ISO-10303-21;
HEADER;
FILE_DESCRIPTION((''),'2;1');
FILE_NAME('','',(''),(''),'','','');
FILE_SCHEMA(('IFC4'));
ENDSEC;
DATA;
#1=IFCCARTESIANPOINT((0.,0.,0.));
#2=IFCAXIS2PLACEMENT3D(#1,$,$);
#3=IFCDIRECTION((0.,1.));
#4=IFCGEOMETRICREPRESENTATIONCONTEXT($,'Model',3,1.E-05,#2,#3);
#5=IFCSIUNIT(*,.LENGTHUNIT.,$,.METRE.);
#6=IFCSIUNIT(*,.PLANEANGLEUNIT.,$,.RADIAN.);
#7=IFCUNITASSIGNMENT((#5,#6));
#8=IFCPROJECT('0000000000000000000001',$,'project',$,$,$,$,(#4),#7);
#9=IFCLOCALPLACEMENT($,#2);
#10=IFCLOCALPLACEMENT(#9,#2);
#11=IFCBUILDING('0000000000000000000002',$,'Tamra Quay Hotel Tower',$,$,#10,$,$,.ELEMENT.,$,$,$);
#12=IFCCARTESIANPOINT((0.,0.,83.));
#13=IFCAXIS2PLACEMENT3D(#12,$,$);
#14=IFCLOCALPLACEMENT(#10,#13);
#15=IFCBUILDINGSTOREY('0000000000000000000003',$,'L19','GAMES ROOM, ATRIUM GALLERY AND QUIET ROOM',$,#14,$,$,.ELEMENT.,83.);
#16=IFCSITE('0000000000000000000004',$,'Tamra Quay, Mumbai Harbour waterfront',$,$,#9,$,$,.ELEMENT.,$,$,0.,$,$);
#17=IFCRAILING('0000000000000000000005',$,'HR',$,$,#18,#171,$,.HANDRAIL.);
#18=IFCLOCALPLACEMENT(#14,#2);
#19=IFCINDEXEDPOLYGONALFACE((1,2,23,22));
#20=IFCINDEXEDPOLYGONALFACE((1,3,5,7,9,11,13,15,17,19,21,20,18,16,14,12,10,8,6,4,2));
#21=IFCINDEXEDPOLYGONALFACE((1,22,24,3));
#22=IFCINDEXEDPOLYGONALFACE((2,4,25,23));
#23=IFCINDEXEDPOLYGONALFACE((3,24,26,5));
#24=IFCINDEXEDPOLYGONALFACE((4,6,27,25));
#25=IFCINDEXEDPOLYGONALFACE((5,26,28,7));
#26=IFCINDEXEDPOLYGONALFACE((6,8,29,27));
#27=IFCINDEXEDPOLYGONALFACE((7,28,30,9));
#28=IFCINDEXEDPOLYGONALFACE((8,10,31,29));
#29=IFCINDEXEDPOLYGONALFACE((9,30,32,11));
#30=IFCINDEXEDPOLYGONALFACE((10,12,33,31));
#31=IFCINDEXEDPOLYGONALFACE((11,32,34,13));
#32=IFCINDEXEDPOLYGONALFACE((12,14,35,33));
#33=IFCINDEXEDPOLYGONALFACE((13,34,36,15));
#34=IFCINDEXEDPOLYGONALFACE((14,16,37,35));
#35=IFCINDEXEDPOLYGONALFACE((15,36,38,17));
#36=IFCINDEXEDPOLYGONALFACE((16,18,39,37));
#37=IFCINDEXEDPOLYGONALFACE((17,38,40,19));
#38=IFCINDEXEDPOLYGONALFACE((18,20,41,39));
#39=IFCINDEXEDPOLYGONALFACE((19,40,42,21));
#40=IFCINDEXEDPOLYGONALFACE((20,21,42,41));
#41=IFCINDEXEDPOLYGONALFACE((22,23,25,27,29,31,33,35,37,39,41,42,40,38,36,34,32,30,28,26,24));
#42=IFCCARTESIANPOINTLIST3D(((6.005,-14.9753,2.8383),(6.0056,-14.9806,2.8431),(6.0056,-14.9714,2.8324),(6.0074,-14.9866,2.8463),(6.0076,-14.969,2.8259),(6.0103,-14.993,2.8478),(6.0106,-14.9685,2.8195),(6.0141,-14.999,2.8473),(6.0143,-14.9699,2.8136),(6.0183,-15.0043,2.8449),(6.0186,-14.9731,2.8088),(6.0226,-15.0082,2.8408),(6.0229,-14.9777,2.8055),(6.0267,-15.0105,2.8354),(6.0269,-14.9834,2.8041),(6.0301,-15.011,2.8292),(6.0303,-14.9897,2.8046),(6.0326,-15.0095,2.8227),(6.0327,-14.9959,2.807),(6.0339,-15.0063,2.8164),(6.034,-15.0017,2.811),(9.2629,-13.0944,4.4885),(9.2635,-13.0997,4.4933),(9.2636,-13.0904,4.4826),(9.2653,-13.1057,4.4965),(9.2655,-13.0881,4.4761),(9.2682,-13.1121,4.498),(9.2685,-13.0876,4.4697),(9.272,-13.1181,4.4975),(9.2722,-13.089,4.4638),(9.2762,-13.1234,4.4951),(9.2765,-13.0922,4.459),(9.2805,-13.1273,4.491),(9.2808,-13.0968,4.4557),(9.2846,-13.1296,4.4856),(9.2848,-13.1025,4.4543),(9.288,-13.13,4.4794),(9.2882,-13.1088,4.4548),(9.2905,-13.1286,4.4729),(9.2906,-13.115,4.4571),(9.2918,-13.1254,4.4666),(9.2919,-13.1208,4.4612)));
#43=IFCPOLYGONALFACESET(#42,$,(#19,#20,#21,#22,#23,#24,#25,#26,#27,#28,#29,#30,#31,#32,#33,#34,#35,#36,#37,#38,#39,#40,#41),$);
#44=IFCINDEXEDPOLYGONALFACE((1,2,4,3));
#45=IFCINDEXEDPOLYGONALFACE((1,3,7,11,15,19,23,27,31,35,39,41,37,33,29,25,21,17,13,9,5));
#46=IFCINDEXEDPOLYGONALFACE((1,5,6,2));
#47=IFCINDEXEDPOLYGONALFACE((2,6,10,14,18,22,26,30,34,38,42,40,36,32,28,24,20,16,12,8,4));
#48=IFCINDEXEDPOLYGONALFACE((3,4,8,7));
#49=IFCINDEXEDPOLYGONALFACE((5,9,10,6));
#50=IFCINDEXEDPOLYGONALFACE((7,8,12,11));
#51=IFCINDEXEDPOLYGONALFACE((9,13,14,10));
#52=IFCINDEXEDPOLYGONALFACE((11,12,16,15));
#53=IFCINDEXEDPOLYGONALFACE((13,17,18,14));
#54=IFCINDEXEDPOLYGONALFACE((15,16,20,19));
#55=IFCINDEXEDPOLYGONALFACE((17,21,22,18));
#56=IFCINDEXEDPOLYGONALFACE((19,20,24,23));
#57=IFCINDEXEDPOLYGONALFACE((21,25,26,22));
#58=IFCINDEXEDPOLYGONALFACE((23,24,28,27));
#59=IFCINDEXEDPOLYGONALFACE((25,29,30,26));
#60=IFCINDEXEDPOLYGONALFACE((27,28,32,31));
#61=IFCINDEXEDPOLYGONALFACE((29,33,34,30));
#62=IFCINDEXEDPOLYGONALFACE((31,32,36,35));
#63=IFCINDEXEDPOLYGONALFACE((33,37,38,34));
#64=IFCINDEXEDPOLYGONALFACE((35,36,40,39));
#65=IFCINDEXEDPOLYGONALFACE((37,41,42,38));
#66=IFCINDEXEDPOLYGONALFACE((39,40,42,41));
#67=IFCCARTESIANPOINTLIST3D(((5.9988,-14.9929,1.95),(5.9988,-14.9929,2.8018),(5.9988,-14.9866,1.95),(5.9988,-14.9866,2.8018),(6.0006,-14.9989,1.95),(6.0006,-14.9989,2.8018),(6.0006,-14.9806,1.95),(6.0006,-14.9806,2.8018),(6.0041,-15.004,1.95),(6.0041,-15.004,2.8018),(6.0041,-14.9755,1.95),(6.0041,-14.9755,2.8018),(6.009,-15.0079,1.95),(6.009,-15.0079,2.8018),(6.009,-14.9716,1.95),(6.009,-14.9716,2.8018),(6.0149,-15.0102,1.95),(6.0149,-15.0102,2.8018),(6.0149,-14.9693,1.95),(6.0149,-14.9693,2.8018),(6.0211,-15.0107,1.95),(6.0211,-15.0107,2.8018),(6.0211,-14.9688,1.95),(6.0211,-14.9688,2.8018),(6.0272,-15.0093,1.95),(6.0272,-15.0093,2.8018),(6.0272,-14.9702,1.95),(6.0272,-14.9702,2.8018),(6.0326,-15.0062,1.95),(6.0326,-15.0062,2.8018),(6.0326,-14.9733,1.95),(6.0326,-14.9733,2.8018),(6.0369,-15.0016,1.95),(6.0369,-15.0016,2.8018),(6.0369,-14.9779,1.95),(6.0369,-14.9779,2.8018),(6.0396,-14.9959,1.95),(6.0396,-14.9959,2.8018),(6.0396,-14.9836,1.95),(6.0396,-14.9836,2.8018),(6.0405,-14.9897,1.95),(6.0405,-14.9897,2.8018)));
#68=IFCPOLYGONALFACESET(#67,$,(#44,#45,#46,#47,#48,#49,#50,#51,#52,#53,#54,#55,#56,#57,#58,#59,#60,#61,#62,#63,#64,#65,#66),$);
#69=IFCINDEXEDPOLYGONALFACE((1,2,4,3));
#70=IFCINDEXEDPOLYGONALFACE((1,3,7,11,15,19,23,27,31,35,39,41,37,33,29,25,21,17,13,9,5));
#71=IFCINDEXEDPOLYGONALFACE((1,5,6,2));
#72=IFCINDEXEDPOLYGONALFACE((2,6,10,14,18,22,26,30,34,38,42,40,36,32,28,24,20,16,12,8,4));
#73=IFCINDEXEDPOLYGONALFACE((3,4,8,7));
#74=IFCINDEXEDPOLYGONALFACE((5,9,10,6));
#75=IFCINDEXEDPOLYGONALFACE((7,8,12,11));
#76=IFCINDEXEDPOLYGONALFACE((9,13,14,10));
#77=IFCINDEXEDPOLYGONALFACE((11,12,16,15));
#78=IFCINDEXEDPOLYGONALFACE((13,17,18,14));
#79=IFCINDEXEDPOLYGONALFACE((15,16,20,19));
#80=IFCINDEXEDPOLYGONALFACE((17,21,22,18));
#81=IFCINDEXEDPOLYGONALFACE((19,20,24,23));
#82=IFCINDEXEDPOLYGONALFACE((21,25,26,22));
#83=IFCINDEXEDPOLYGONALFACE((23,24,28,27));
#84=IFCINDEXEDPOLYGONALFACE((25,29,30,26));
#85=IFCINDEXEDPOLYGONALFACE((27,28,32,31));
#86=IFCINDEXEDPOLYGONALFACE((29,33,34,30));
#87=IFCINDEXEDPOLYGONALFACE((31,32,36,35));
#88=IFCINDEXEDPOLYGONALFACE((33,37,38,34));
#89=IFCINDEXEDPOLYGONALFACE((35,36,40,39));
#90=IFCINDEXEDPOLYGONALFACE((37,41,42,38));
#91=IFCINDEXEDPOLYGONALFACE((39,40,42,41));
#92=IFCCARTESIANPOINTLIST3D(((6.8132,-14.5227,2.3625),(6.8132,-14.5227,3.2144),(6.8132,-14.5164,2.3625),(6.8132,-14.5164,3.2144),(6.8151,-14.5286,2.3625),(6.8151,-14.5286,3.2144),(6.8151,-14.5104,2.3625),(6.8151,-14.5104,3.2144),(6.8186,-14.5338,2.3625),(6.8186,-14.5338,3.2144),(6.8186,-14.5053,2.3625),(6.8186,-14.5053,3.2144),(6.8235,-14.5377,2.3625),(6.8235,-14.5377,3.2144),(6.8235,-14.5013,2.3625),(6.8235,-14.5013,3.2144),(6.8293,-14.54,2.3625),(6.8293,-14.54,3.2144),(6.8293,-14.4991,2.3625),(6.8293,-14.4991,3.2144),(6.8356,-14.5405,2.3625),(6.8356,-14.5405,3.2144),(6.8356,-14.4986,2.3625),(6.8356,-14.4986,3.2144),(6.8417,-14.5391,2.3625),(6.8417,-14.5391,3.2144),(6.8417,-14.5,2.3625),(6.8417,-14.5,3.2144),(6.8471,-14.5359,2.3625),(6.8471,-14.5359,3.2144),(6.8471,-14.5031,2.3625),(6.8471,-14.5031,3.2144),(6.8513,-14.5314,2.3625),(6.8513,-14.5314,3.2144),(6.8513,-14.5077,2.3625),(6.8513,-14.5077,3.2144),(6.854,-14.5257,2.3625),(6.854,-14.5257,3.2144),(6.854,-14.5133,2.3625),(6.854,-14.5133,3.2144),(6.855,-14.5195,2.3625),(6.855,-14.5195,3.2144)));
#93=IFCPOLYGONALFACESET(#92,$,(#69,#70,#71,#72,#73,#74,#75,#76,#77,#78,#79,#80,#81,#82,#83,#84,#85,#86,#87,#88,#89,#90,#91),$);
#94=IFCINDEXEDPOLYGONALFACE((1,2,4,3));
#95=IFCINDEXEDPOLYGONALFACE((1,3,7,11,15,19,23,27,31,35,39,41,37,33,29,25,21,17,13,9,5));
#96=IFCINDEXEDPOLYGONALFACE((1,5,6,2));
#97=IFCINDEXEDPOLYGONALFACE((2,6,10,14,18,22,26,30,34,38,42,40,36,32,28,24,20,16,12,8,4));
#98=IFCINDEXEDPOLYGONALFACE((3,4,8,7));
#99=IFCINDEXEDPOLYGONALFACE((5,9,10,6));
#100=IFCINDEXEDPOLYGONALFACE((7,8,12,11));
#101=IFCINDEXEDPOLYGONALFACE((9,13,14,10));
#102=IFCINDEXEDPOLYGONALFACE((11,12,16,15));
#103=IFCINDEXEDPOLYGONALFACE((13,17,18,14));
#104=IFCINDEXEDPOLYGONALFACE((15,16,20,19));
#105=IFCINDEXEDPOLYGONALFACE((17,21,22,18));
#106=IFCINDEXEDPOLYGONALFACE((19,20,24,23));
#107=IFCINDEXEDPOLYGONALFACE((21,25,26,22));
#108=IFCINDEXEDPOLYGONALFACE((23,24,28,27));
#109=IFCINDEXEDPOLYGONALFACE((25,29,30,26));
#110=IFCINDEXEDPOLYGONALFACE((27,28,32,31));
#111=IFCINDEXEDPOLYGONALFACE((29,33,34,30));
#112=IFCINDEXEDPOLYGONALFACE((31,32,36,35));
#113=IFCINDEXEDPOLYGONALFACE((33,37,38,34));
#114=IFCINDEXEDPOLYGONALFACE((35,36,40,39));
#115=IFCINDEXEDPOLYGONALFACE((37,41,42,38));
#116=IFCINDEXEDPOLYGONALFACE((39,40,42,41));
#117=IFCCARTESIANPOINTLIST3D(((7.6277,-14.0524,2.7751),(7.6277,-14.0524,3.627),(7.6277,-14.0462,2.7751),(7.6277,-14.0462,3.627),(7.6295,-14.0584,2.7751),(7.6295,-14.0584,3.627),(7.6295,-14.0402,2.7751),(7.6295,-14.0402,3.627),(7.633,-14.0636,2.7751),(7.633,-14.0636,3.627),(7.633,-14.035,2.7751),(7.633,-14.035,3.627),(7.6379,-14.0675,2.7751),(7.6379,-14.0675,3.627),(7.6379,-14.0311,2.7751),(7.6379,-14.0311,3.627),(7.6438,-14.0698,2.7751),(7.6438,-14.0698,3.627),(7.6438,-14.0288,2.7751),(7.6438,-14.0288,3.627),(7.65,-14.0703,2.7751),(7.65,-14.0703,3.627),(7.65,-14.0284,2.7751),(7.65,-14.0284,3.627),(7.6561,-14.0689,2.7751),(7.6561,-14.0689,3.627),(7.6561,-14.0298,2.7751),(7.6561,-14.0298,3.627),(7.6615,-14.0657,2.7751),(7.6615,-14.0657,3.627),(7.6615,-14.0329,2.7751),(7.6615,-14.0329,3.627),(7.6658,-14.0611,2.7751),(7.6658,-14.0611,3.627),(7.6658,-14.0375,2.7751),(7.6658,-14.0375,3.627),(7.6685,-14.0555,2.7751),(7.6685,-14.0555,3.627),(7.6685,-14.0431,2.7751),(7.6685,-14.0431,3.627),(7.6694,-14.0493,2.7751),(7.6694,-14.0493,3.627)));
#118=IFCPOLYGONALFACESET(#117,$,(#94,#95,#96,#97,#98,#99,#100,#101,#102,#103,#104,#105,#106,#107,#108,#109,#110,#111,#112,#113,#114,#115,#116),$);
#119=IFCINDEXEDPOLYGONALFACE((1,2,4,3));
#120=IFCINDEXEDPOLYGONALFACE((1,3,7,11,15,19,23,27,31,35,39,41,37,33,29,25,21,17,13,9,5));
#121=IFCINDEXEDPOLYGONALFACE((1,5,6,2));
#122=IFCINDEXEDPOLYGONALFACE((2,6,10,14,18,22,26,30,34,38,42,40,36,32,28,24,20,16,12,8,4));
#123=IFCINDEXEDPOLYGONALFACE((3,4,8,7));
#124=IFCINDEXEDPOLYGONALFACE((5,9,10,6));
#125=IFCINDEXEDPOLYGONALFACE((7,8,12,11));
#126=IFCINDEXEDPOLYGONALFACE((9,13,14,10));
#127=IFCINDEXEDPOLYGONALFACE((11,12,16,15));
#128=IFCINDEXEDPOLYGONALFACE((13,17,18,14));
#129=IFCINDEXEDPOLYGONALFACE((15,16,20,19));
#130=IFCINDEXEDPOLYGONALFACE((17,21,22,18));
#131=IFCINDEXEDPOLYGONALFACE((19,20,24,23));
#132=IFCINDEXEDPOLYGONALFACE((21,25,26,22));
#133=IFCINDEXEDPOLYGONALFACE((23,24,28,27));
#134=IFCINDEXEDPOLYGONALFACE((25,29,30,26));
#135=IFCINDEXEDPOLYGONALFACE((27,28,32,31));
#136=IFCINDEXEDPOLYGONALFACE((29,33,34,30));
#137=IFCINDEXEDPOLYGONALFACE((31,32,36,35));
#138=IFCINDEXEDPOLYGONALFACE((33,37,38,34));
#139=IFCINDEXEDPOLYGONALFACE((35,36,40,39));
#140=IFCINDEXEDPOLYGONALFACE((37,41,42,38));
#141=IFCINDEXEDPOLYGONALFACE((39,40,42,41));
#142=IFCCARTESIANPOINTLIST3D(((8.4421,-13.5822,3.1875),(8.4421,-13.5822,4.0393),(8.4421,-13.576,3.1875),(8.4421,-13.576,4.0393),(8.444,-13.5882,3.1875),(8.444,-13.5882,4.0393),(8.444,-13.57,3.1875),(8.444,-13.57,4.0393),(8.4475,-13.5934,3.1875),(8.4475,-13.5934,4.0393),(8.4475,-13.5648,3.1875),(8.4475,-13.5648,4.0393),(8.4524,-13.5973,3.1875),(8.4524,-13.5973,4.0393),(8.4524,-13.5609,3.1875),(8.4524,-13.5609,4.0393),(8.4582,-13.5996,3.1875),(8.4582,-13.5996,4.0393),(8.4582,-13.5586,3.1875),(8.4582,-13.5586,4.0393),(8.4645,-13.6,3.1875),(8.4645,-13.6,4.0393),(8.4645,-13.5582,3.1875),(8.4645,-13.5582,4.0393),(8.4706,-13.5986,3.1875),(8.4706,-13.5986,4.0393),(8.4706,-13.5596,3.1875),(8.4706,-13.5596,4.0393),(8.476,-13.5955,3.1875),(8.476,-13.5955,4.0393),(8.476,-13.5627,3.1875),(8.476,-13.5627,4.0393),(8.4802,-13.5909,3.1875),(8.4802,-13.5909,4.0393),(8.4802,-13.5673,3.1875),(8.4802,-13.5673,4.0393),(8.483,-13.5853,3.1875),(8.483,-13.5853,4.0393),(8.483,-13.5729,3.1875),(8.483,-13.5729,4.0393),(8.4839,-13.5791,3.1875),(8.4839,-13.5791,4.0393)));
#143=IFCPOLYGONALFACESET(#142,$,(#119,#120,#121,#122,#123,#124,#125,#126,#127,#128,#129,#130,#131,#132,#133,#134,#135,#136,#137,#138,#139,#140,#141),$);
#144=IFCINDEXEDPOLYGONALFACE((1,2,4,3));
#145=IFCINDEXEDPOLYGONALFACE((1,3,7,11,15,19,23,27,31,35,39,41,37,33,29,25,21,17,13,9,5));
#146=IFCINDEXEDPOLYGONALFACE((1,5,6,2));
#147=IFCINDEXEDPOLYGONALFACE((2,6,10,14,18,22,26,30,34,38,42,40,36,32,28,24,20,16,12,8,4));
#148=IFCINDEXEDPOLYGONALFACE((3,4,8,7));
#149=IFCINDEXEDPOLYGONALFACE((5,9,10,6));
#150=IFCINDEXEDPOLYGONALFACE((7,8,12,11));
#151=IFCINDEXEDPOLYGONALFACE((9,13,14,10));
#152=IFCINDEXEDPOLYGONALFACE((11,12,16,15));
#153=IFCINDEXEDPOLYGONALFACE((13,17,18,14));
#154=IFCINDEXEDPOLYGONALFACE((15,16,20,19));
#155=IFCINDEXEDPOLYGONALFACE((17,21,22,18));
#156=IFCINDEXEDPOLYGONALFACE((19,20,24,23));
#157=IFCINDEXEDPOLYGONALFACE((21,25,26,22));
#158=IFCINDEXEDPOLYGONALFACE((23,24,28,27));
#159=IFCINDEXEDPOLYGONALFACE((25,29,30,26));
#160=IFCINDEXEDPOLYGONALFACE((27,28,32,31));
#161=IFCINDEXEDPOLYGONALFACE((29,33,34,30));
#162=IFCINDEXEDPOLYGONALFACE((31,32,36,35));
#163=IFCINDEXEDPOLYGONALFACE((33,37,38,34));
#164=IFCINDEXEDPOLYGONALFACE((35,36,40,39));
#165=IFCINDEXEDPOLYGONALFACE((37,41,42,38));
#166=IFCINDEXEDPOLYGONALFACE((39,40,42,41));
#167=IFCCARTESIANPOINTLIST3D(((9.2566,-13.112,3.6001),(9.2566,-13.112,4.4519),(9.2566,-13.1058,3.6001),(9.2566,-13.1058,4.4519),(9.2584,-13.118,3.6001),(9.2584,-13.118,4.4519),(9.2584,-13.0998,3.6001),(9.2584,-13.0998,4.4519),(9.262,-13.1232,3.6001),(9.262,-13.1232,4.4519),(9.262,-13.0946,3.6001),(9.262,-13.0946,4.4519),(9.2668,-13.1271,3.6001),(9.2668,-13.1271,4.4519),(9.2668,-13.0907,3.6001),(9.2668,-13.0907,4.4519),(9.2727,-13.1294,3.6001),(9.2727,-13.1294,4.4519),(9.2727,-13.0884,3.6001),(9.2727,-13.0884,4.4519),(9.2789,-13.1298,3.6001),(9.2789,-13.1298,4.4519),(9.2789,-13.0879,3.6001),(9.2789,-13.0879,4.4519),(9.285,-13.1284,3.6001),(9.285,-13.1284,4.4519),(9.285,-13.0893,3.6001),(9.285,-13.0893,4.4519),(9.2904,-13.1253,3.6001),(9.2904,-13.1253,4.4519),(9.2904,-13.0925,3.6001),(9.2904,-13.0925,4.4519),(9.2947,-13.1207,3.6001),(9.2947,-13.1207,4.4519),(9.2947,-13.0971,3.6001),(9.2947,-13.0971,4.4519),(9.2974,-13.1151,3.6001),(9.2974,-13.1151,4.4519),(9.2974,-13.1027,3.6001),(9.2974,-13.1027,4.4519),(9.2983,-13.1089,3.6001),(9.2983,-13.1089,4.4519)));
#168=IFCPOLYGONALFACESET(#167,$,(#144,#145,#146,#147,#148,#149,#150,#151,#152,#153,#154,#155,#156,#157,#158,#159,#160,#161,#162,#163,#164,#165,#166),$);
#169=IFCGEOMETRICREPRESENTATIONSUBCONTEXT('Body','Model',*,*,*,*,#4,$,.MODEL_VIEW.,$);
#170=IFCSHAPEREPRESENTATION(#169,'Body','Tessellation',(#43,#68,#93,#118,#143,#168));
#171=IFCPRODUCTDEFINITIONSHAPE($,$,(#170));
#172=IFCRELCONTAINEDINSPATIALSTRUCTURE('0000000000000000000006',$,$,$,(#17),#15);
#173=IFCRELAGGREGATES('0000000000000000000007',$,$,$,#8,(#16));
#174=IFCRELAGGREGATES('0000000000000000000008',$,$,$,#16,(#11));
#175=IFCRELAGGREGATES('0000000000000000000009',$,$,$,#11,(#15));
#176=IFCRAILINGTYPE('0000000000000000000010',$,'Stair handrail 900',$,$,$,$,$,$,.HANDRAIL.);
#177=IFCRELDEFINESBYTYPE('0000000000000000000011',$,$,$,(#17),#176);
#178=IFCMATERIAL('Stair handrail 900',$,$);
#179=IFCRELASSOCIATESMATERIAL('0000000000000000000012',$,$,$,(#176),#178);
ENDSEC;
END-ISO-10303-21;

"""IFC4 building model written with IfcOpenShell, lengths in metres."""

from ifc_helpers import new_model, si_unit, direction, frame, origin, origin_2d, place, context, subcontext, project, spatial, circle, extrude, material, type_object, element, save


model = new_model("IFC4")

# Units and contexts
model_context = context("Model", 3, precision=1e-05, world=origin(), true_north=direction((0.0, 1.0)))
body_context = subcontext(model_context, "Body", "Model", "MODEL_VIEW")
ifc_project = project(units=[si_unit("LENGTHUNIT", "METRE"), si_unit("PLANEANGLEUNIT", "RADIAN")], contexts=[model_context])

# Site, building, storey
site_placement = place(None, origin())
site = spatial("IfcSite", under=ifc_project, at=site_placement, Name="Tamra Quay, Mumbai Harbour waterfront", CompositionType="ELEMENT", RefElevation=0.0)
building_placement = place(site_placement, origin())
building = spatial("IfcBuilding", under=site, at=building_placement, Name="Tamra Quay Hotel Tower", CompositionType="ELEMENT")
storey_placement = place(building_placement, frame((0.0, 0.0, 83.0)))
storey = spatial("IfcBuildingStorey", under=building, at=storey_placement, Name="L19", Description="GAMES ROOM, ATRIUM GALLERY AND QUIET ROOM", CompositionType="ELEMENT", Elevation=83.0)

# Railing
ifc_material_1 = material(Name="Stair handrail 900")
railing_type_1 = type_object("IfcRailingType", Name="Stair handrail 900", PredefinedType="HANDRAIL", material=ifc_material_1)
railing_1_placement = place(storey_placement, frame((6.0195, -14.9897, 1.95)))
element("IfcRailing", 1, at=railing_1_placement, inside=storey, type_object=railing_type_1, Name="HR", PredefinedType="HANDRAIL", context=body_context, shape_type="SweptSolid", body=[
    extrude(circle(Radius=0.0239, at=origin_2d()), frame((0.0, 0.0, 0.876), z_axis=(0.793081, 0.457876, 0.401711), x_axis=(-0.499992, 0.86603, 0.0)), (0.0, 0.0, 1.0), 4.1079),
    extrude(circle(Radius=0.021, at=origin_2d()), origin(), (0.0, 0.0, 1.0), 0.8518),
    extrude(circle(Radius=0.021, at=origin_2d()), frame((0.8145, 0.4702, 0.4126)), (0.0, 0.0, 1.0), 0.8518),
    extrude(circle(Radius=0.021, at=origin_2d()), frame((1.6289, 0.9404, 0.8252)), (0.0, 0.0, 1.0), 0.8518),
    extrude(circle(Radius=0.021, at=origin_2d()), frame((2.4434, 1.4106, 1.2375)), (0.0, 0.0, 1.0), 0.8518),
    extrude(circle(Radius=0.021, at=origin_2d()), frame((3.2578, 1.8809, 1.6501)), (0.0, 0.0, 1.0), 0.8518),
])

save(model, "model.ifc")
